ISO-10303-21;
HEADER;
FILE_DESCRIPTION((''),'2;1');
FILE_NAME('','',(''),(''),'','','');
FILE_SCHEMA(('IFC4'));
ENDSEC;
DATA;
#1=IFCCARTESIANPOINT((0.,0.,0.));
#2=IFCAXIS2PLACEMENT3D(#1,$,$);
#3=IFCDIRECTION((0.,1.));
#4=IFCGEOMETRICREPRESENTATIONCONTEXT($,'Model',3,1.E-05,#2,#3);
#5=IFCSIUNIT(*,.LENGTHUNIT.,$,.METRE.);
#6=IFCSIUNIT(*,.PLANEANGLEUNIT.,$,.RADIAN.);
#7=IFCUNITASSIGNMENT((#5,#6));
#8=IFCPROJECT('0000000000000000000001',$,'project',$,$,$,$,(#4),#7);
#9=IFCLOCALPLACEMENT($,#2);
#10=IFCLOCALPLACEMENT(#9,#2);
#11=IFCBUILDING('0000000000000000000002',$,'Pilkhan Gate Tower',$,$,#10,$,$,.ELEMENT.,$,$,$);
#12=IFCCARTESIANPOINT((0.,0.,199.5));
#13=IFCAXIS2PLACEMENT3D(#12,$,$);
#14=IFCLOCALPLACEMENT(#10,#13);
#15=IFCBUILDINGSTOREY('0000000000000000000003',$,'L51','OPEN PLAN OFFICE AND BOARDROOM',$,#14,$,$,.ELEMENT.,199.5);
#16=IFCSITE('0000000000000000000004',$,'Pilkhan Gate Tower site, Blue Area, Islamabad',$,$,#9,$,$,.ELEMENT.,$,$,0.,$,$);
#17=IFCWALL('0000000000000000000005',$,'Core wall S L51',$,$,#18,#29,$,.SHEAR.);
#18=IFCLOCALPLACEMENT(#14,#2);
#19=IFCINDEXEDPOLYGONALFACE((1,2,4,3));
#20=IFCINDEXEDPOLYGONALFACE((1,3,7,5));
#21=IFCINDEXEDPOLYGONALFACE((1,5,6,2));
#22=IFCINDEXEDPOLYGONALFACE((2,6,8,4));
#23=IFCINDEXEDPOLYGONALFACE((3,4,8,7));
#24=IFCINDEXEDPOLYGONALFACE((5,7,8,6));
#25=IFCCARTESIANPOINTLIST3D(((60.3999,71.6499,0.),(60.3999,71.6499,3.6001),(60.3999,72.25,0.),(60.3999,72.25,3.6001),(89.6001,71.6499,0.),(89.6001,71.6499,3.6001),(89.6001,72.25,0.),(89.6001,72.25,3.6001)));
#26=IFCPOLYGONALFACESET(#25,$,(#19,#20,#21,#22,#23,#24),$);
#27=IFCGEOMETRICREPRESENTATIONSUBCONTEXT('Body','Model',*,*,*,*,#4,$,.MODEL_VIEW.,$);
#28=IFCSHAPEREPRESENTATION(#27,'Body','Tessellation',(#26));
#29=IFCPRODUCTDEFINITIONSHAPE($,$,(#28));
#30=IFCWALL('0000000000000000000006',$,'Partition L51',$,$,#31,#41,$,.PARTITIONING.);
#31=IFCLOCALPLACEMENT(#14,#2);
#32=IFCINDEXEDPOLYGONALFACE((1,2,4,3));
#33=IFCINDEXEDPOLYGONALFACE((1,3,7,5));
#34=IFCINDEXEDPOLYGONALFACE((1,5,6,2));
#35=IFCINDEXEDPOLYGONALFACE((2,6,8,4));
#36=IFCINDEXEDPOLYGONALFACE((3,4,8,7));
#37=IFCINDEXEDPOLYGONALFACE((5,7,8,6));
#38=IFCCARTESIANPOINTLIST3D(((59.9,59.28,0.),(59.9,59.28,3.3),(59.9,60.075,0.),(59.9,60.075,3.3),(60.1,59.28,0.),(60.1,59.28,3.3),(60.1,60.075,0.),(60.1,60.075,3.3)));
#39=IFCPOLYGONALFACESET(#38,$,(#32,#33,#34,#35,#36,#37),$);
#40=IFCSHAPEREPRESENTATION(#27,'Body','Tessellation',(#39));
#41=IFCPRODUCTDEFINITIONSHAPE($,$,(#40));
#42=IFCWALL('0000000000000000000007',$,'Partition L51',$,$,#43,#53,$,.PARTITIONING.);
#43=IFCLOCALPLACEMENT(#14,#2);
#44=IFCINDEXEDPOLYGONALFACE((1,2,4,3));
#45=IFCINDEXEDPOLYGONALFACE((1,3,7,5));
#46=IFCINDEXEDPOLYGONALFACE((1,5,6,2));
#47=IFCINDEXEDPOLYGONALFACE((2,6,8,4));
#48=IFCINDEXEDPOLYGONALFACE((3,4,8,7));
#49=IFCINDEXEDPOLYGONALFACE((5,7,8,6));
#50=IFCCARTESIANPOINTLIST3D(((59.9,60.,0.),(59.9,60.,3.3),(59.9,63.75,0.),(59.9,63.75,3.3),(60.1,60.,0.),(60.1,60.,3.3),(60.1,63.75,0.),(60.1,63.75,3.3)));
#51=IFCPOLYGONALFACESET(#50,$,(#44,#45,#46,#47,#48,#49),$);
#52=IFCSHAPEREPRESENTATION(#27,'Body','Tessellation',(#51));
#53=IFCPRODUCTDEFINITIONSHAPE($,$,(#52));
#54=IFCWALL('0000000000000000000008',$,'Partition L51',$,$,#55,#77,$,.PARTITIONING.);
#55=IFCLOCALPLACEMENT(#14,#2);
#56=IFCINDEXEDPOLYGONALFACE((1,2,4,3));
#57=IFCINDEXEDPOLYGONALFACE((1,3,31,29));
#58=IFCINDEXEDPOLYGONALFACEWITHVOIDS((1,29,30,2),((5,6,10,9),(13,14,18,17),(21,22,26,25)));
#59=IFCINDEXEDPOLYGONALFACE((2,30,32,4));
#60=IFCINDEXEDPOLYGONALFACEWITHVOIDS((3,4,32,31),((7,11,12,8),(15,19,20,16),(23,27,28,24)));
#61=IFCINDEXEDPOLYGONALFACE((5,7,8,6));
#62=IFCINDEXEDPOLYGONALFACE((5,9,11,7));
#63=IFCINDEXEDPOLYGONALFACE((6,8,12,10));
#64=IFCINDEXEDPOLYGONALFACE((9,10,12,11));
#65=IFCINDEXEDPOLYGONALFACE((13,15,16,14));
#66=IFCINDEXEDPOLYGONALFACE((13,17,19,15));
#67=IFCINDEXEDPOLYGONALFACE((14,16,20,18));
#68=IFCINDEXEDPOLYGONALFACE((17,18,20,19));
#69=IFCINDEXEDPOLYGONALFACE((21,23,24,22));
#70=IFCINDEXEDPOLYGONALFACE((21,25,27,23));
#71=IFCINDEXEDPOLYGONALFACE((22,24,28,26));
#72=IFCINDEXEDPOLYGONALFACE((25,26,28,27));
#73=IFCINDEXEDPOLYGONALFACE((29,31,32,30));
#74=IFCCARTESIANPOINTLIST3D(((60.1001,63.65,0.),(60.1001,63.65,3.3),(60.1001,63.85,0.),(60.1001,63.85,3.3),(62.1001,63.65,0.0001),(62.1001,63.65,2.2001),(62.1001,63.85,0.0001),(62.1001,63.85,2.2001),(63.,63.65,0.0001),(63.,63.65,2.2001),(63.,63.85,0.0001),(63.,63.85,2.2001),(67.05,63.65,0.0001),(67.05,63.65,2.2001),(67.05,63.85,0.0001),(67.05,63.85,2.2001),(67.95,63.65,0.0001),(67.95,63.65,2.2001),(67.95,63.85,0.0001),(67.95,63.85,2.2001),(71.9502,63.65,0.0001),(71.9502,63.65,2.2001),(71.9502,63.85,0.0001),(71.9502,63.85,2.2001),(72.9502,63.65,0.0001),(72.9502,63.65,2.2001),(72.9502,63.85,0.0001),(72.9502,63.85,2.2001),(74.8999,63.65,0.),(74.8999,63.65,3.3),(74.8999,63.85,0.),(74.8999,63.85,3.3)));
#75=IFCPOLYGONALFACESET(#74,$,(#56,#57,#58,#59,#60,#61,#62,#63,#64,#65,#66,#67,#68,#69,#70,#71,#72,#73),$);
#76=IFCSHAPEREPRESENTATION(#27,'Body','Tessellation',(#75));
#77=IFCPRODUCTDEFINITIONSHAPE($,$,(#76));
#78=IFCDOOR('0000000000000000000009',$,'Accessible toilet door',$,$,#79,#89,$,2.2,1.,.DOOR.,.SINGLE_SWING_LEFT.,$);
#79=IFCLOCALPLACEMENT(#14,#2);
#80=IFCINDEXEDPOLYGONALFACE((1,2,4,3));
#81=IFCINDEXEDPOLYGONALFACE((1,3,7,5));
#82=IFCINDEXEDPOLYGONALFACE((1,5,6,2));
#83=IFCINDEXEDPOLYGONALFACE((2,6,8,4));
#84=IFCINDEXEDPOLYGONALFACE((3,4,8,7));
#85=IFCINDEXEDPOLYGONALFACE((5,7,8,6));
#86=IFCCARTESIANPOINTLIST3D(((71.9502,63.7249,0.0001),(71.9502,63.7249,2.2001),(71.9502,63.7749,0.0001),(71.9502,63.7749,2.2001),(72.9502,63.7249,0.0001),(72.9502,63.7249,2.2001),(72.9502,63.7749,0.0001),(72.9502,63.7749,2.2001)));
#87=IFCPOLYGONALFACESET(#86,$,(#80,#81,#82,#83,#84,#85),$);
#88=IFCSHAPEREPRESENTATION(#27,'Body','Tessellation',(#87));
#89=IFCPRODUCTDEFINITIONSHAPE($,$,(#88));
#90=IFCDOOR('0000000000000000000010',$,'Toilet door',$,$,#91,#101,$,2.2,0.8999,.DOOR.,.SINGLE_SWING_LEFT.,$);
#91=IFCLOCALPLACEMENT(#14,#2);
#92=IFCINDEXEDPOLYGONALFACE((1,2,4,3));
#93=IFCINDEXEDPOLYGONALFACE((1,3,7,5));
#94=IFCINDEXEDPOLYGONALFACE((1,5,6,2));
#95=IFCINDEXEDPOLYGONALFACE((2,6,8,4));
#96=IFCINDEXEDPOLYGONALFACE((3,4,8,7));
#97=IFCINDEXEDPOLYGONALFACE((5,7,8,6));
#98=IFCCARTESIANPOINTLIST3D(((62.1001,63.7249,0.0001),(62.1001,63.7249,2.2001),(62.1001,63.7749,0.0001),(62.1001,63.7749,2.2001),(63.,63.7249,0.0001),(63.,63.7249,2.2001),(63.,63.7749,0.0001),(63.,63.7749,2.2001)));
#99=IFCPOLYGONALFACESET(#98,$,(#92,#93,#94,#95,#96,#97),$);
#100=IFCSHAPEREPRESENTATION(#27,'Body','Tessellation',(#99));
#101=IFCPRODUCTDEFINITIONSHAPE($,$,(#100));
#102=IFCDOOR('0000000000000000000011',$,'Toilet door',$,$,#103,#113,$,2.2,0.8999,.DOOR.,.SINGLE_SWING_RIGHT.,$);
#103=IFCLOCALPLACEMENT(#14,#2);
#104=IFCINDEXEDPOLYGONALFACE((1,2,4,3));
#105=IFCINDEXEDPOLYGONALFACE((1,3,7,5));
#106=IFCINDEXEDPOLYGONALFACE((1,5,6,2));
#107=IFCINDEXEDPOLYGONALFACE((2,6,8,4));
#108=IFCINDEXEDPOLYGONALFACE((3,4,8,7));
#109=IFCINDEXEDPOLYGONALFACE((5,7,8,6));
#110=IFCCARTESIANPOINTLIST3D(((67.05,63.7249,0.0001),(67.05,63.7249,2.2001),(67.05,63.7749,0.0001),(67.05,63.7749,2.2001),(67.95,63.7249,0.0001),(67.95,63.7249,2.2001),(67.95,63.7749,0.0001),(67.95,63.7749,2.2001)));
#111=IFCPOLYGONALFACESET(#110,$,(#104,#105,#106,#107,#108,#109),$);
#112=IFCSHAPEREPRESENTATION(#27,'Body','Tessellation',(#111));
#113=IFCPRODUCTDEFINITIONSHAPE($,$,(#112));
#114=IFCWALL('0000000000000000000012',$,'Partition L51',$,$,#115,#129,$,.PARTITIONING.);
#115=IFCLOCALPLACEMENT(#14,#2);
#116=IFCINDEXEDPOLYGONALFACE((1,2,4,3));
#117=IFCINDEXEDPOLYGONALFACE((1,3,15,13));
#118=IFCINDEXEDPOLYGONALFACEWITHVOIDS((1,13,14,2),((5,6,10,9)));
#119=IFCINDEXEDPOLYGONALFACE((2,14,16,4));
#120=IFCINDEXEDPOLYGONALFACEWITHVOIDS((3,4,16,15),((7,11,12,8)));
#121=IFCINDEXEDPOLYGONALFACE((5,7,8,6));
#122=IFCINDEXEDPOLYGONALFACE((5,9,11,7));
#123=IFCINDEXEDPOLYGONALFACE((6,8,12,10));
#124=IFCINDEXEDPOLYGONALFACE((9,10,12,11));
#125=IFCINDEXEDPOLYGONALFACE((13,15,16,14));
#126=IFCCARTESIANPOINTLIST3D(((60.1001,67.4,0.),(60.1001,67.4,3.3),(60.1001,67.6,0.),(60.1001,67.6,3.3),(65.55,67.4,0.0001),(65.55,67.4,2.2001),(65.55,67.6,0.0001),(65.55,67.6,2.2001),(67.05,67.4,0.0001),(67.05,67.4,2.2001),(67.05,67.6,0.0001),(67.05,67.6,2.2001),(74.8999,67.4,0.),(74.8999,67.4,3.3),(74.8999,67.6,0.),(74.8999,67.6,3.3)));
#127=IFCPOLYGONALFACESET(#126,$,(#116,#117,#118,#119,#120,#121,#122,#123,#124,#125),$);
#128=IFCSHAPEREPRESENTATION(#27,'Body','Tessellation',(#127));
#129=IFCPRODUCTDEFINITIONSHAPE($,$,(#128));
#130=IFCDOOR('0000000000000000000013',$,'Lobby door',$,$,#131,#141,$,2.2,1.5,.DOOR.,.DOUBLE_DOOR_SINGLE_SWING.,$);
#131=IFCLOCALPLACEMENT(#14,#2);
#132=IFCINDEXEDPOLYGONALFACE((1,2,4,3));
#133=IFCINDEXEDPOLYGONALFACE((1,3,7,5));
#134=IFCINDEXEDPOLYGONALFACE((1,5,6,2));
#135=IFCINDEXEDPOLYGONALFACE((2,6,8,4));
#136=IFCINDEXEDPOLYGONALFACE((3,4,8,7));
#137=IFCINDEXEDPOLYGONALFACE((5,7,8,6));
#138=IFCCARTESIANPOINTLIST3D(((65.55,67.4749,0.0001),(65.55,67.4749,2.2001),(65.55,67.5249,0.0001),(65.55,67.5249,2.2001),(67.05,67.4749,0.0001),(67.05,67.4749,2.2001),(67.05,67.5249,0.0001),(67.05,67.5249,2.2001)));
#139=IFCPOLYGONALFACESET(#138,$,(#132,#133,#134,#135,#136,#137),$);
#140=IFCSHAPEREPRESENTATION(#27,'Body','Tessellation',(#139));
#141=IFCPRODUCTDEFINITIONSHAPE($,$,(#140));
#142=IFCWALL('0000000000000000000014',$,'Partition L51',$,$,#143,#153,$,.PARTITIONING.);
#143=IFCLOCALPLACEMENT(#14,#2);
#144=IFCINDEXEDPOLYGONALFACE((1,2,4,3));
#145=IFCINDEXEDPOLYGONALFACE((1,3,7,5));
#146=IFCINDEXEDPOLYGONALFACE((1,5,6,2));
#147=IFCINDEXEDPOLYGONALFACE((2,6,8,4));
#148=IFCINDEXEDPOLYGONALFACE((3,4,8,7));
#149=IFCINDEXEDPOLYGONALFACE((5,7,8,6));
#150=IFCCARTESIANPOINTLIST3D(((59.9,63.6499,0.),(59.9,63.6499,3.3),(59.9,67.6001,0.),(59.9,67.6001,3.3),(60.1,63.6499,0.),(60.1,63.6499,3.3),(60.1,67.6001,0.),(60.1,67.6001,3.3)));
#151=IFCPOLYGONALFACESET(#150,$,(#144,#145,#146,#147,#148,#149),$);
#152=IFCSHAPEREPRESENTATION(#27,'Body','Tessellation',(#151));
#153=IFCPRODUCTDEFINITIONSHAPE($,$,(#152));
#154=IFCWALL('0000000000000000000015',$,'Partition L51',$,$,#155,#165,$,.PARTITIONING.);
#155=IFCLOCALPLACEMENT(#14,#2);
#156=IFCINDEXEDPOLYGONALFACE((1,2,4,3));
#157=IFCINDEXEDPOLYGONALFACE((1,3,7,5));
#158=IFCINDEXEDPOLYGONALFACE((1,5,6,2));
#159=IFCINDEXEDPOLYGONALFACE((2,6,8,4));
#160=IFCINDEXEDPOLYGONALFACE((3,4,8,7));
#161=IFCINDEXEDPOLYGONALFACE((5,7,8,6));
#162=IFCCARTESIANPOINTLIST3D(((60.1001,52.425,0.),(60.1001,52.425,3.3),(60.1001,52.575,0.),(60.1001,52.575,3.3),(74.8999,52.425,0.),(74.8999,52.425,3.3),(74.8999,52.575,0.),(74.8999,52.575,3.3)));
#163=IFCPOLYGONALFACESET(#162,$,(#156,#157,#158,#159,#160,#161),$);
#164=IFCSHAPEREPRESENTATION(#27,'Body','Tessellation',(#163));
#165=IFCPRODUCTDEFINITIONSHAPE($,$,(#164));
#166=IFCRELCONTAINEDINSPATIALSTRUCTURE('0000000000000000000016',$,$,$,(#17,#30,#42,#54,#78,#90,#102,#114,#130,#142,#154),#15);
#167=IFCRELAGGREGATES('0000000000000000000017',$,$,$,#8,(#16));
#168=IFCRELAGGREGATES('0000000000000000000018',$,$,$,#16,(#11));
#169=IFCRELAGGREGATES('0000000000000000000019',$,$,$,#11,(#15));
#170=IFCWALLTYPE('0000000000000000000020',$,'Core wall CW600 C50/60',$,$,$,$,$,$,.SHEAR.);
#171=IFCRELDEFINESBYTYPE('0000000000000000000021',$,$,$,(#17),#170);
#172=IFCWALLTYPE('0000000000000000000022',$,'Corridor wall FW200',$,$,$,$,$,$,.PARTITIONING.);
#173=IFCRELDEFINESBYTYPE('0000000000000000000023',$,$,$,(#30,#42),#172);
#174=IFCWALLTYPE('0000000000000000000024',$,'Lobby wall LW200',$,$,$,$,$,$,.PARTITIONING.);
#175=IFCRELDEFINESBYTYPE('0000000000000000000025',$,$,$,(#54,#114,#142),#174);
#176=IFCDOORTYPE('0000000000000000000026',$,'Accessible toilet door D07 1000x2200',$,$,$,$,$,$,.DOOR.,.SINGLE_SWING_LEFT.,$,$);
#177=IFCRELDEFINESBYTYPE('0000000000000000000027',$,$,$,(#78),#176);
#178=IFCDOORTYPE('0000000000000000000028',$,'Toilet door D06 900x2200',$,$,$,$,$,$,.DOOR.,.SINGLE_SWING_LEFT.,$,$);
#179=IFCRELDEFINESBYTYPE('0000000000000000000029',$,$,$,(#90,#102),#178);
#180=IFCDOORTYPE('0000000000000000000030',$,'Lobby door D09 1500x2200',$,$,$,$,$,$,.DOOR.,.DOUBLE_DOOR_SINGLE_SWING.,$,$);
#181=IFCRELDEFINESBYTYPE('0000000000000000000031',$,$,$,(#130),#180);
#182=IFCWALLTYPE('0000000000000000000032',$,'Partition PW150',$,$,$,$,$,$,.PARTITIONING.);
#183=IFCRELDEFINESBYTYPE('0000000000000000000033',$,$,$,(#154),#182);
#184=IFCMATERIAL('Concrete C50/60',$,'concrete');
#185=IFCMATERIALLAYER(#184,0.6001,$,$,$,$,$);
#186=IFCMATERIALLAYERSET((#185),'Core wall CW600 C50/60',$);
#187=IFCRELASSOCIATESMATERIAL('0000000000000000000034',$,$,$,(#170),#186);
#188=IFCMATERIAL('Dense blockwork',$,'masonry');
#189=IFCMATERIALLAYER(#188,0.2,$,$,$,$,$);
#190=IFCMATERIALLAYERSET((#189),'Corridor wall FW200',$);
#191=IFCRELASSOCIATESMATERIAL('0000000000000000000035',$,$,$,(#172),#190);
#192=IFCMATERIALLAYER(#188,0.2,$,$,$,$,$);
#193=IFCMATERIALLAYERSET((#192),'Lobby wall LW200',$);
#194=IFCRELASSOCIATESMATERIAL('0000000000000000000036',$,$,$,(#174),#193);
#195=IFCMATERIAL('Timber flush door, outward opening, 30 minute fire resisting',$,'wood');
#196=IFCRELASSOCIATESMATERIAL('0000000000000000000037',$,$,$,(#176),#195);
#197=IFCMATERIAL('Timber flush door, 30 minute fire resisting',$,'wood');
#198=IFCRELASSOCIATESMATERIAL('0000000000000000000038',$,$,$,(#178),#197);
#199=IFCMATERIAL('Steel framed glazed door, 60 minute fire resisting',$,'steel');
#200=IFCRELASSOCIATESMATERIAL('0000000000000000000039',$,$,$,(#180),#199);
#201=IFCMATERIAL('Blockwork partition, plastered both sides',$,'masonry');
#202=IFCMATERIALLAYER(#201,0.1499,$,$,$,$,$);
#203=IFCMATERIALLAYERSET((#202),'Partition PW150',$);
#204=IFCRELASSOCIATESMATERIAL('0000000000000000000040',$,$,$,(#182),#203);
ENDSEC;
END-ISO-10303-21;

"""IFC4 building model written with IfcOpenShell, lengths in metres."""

from ifc_helpers import new_model, si_unit, direction, frame, frame_2d, origin, place, context, subcontext, project, spatial, rectangle, extrude, material, layer, layer_set, type_object, element, fill, save


model = new_model("IFC4")

# Units and contexts
model_context = context("Model", 3, precision=1e-05, world=origin(), true_north=direction((0.0, 1.0)))
body_context = subcontext(model_context, "Body", "Model", "MODEL_VIEW")
ifc_project = project(units=[si_unit("LENGTHUNIT", "METRE"), si_unit("PLANEANGLEUNIT", "RADIAN")], contexts=[model_context])

# Site, building, storey
site_placement = place(None, origin())
site = spatial("IfcSite", under=ifc_project, at=site_placement, Name="Pilkhan Gate Tower site, Blue Area, Islamabad", CompositionType="ELEMENT", RefElevation=0.0)
building_placement = place(site_placement, origin())
building = spatial("IfcBuilding", under=site, at=building_placement, Name="Pilkhan Gate Tower", CompositionType="ELEMENT")
storey_placement = place(building_placement, frame((0.0, 0.0, 199.5)))
storey = spatial("IfcBuildingStorey", under=building, at=storey_placement, Name="L51", Description="OPEN PLAN OFFICE AND BOARDROOM", CompositionType="ELEMENT", Elevation=199.5)

# Shared definitions
ifc_material_1 = material(Name="Concrete C50/60", Category="concrete")

# Walls
ifc_layer_1 = layer(ifc_material_1, 0.6001)
ifc_layer_set_1 = layer_set([ifc_layer_1], Name="Core wall CW600 C50/60")
wall_type_1 = type_object("IfcWallType", Name="Core wall CW600 C50/60", PredefinedType="SHEAR", material=ifc_layer_set_1)
wall_1_placement = place(storey_placement, frame((60.3999, 71.95, 0.0), z_axis=(0.0, 0.0, 1.0), x_axis=(1.0, 0.0, 0.0)))
element("IfcWall", 1, at=wall_1_placement, inside=storey, type_object=wall_type_1, Name="Core wall S L51", PredefinedType="SHEAR", context=body_context, shape_type="SweptSolid", body=[
    extrude(rectangle(XDim=29.2002, YDim=0.6001, at=frame_2d((14.6001, 0.0))), origin(), (0.0, 0.0, 1.0), 3.6001),
])
ifc_material_2 = material(Name="Dense blockwork", Category="masonry")
ifc_layer_2 = layer(ifc_material_2, 0.2)
ifc_layer_set_2 = layer_set([ifc_layer_2], Name="Corridor wall FW200")
wall_type_2 = type_object("IfcWallType", Name="Corridor wall FW200", PredefinedType="PARTITIONING", material=ifc_layer_set_2)
wall_2_placement = place(storey_placement, frame((60.0, 59.28, 0.0), z_axis=(0.0, 0.0, 1.0), x_axis=(0.0, 1.0, 0.0)))
element("IfcWall", 2, at=wall_2_placement, inside=storey, type_object=wall_type_2, Name="Partition L51", PredefinedType="PARTITIONING", context=body_context, shape_type="SweptSolid", body=[
    extrude(rectangle(XDim=0.7949, YDim=0.2, at=frame_2d((0.3975, 0.0))), origin(), (0.0, 0.0, 1.0), 3.3),
])
wall_3_placement = place(storey_placement, frame((60.0, 60.0, 0.0), z_axis=(0.0, 0.0, 1.0), x_axis=(0.0, 1.0, 0.0)))
element("IfcWall", 3, at=wall_3_placement, inside=storey, type_object=wall_type_2, Name="Partition L51", PredefinedType="PARTITIONING", context=body_context, shape_type="SweptSolid", body=[
    extrude(rectangle(XDim=3.75, YDim=0.2, at=frame_2d((1.875, 0.0))), origin(), (0.0, 0.0, 1.0), 3.3),
])

# Wall, openings, doors
ifc_layer_3 = layer(ifc_material_2, 0.2)
ifc_layer_set_3 = layer_set([ifc_layer_3], Name="Lobby wall LW200")
wall_type_3 = type_object("IfcWallType", Name="Lobby wall LW200", PredefinedType="PARTITIONING", material=ifc_layer_set_3)
wall_4_placement = place(storey_placement, frame((60.1001, 63.75, 0.0), z_axis=(0.0, 0.0, 1.0), x_axis=(1.0, 0.0, 0.0)))
wall_4 = element("IfcWall", 4, at=wall_4_placement, inside=storey, type_object=wall_type_3, Name="Partition L51", PredefinedType="PARTITIONING", context=body_context, shape_type="SweptSolid", body=[
    extrude(rectangle(XDim=14.7998, YDim=0.2, at=frame_2d((7.3999, 0.0))), origin(), (0.0, 0.0, 1.0), 3.3),
])
opening_1_placement = place(wall_4_placement, frame((2.0, 0.0, 0.0)))
opening_1 = element("IfcOpeningElement", 5, at=opening_1_placement, cuts=wall_4, PredefinedType="OPENING", context=body_context, shape_type="SweptSolid", body=[
    extrude(rectangle(XDim=0.8999, YDim=2.2, at=frame_2d((0.45, 1.1001))), frame((0.0, 0.1099, 0.0), z_axis=(0.0, -1.0, 0.0), x_axis=(1.0, 0.0, 0.0)), (0.0, 0.0, 1.0), 0.22),
])
opening_2_placement = place(wall_4_placement, frame((6.95, 0.0, 0.0)))
opening_2 = element("IfcOpeningElement", 6, at=opening_2_placement, cuts=wall_4, PredefinedType="OPENING", context=body_context, shape_type="SweptSolid", body=[
    extrude(rectangle(XDim=0.8999, YDim=2.2, at=frame_2d((0.45, 1.1001))), frame((0.0, 0.1099, 0.0), z_axis=(0.0, -1.0, 0.0), x_axis=(1.0, 0.0, 0.0)), (0.0, 0.0, 1.0), 0.22),
])
opening_3_placement = place(wall_4_placement, frame((11.8501, 0.0, 0.0)))
opening_3 = element("IfcOpeningElement", 7, at=opening_3_placement, cuts=wall_4, PredefinedType="OPENING", context=body_context, shape_type="SweptSolid", body=[
    extrude(rectangle(XDim=1.0, YDim=2.2, at=frame_2d((0.5, 1.1001))), frame((0.0, 0.1099, 0.0), z_axis=(0.0, -1.0, 0.0), x_axis=(1.0, 0.0, 0.0)), (0.0, 0.0, 1.0), 0.22),
])
ifc_material_3 = material(Name="Timber flush door, outward opening, 30 minute fire resisting", Category="wood")
door_type_1 = type_object("IfcDoorType", Name="Accessible toilet door D07 1000x2200", OperationType="SINGLE_SWING_LEFT", PredefinedType="DOOR", material=ifc_material_3)
door_1_placement = place(opening_3_placement, origin())
door_1 = element("IfcDoor", 8, at=door_1_placement, inside=storey, type_object=door_type_1, Name="Accessible toilet door", OperationType="SINGLE_SWING_LEFT", OverallHeight=2.2, OverallWidth=1.0, PredefinedType="DOOR", context=body_context, shape_type="SweptSolid", body=[
    extrude(rectangle(XDim=1.0, YDim=2.2, at=frame_2d((0.5, 1.1001))), frame((0.0, 0.0249, 0.0), z_axis=(0.0, -1.0, 0.0), x_axis=(1.0, 0.0, 0.0)), (0.0, 0.0, 1.0), 0.05),
])
fill(opening_3, door_1)
ifc_material_4 = material(Name="Timber flush door, 30 minute fire resisting", Category="wood")
door_type_2 = type_object("IfcDoorType", Name="Toilet door D06 900x2200", OperationType="SINGLE_SWING_LEFT", PredefinedType="DOOR", material=ifc_material_4)
door_2_placement = place(opening_1_placement, origin())
door_2 = element("IfcDoor", 9, at=door_2_placement, inside=storey, type_object=door_type_2, Name="Toilet door", OperationType="SINGLE_SWING_LEFT", OverallHeight=2.2, OverallWidth=0.8999, PredefinedType="DOOR", context=body_context, shape_type="SweptSolid", body=[
    extrude(rectangle(XDim=0.8999, YDim=2.2, at=frame_2d((0.45, 1.1001))), frame((0.0, 0.0249, 0.0), z_axis=(0.0, -1.0, 0.0), x_axis=(1.0, 0.0, 0.0)), (0.0, 0.0, 1.0), 0.05),
])
fill(opening_1, door_2)
door_3_placement = place(opening_2_placement, origin())
door_3 = element("IfcDoor", 10, at=door_3_placement, inside=storey, type_object=door_type_2, Name="Toilet door", OperationType="SINGLE_SWING_RIGHT", OverallHeight=2.2, OverallWidth=0.8999, PredefinedType="DOOR", context=body_context, shape_type="SweptSolid", body=[
    extrude(rectangle(XDim=0.8999, YDim=2.2, at=frame_2d((0.45, 1.1001))), frame((0.0, 0.0249, 0.0), z_axis=(0.0, -1.0, 0.0), x_axis=(1.0, 0.0, 0.0)), (0.0, 0.0, 1.0), 0.05),
])
fill(opening_2, door_3)

# Wall, opening, door
wall_5_placement = place(storey_placement, frame((60.1001, 67.5, 0.0), z_axis=(0.0, 0.0, 1.0), x_axis=(1.0, 0.0, 0.0)))
wall_5 = element("IfcWall", 11, at=wall_5_placement, inside=storey, type_object=wall_type_3, Name="Partition L51", PredefinedType="PARTITIONING", context=body_context, shape_type="SweptSolid", body=[
    extrude(rectangle(XDim=14.7998, YDim=0.2, at=frame_2d((7.3999, 0.0))), origin(), (0.0, 0.0, 1.0), 3.3),
])
opening_4_placement = place(wall_5_placement, frame((5.45, 0.0, 0.0)))
opening_4 = element("IfcOpeningElement", 12, at=opening_4_placement, cuts=wall_5, PredefinedType="OPENING", context=body_context, shape_type="SweptSolid", body=[
    extrude(rectangle(XDim=1.5, YDim=2.2, at=frame_2d((0.75, 1.1001))), frame((0.0, 0.1099, 0.0), z_axis=(0.0, -1.0, 0.0), x_axis=(1.0, 0.0, 0.0)), (0.0, 0.0, 1.0), 0.22),
])
ifc_material_5 = material(Name="Steel framed glazed door, 60 minute fire resisting", Category="steel")
door_type_3 = type_object("IfcDoorType", Name="Lobby door D09 1500x2200", OperationType="DOUBLE_DOOR_SINGLE_SWING", PredefinedType="DOOR", material=ifc_material_5)
door_4_placement = place(opening_4_placement, origin())
door_4 = element("IfcDoor", 13, at=door_4_placement, inside=storey, type_object=door_type_3, Name="Lobby door", OperationType="DOUBLE_DOOR_SINGLE_SWING", OverallHeight=2.2, OverallWidth=1.5, PredefinedType="DOOR", context=body_context, shape_type="SweptSolid", body=[
    extrude(rectangle(XDim=1.5, YDim=2.2, at=frame_2d((0.75, 1.1001))), frame((0.0, 0.0249, 0.0), z_axis=(0.0, -1.0, 0.0), x_axis=(1.0, 0.0, 0.0)), (0.0, 0.0, 1.0), 0.05),
])
fill(opening_4, door_4)

# Walls
wall_6_placement = place(storey_placement, frame((60.0, 63.6499, 0.0), z_axis=(0.0, 0.0, 1.0), x_axis=(0.0, 1.0, 0.0)))
element("IfcWall", 14, at=wall_6_placement, inside=storey, type_object=wall_type_3, Name="Partition L51", PredefinedType="PARTITIONING", context=body_context, shape_type="SweptSolid", body=[
    extrude(rectangle(XDim=3.9502, YDim=0.2, at=frame_2d((1.9751, 0.0))), origin(), (0.0, 0.0, 1.0), 3.3),
])
ifc_material_6 = material(Name="Blockwork partition, plastered both sides", Category="masonry")
ifc_layer_4 = layer(ifc_material_6, 0.1499)
ifc_layer_set_4 = layer_set([ifc_layer_4], Name="Partition PW150")
wall_type_4 = type_object("IfcWallType", Name="Partition PW150", PredefinedType="PARTITIONING", material=ifc_layer_set_4)
wall_7_placement = place(storey_placement, frame((60.1001, 52.5, 0.0), z_axis=(0.0, 0.0, 1.0), x_axis=(1.0, 0.0, 0.0)))
element("IfcWall", 15, at=wall_7_placement, inside=storey, type_object=wall_type_4, Name="Partition L51", PredefinedType="PARTITIONING", context=body_context, shape_type="SweptSolid", body=[
    extrude(rectangle(XDim=14.7998, YDim=0.1499, at=frame_2d((7.3999, 0.0))), origin(), (0.0, 0.0, 1.0), 3.3),
])

save(model, "model.ifc")
